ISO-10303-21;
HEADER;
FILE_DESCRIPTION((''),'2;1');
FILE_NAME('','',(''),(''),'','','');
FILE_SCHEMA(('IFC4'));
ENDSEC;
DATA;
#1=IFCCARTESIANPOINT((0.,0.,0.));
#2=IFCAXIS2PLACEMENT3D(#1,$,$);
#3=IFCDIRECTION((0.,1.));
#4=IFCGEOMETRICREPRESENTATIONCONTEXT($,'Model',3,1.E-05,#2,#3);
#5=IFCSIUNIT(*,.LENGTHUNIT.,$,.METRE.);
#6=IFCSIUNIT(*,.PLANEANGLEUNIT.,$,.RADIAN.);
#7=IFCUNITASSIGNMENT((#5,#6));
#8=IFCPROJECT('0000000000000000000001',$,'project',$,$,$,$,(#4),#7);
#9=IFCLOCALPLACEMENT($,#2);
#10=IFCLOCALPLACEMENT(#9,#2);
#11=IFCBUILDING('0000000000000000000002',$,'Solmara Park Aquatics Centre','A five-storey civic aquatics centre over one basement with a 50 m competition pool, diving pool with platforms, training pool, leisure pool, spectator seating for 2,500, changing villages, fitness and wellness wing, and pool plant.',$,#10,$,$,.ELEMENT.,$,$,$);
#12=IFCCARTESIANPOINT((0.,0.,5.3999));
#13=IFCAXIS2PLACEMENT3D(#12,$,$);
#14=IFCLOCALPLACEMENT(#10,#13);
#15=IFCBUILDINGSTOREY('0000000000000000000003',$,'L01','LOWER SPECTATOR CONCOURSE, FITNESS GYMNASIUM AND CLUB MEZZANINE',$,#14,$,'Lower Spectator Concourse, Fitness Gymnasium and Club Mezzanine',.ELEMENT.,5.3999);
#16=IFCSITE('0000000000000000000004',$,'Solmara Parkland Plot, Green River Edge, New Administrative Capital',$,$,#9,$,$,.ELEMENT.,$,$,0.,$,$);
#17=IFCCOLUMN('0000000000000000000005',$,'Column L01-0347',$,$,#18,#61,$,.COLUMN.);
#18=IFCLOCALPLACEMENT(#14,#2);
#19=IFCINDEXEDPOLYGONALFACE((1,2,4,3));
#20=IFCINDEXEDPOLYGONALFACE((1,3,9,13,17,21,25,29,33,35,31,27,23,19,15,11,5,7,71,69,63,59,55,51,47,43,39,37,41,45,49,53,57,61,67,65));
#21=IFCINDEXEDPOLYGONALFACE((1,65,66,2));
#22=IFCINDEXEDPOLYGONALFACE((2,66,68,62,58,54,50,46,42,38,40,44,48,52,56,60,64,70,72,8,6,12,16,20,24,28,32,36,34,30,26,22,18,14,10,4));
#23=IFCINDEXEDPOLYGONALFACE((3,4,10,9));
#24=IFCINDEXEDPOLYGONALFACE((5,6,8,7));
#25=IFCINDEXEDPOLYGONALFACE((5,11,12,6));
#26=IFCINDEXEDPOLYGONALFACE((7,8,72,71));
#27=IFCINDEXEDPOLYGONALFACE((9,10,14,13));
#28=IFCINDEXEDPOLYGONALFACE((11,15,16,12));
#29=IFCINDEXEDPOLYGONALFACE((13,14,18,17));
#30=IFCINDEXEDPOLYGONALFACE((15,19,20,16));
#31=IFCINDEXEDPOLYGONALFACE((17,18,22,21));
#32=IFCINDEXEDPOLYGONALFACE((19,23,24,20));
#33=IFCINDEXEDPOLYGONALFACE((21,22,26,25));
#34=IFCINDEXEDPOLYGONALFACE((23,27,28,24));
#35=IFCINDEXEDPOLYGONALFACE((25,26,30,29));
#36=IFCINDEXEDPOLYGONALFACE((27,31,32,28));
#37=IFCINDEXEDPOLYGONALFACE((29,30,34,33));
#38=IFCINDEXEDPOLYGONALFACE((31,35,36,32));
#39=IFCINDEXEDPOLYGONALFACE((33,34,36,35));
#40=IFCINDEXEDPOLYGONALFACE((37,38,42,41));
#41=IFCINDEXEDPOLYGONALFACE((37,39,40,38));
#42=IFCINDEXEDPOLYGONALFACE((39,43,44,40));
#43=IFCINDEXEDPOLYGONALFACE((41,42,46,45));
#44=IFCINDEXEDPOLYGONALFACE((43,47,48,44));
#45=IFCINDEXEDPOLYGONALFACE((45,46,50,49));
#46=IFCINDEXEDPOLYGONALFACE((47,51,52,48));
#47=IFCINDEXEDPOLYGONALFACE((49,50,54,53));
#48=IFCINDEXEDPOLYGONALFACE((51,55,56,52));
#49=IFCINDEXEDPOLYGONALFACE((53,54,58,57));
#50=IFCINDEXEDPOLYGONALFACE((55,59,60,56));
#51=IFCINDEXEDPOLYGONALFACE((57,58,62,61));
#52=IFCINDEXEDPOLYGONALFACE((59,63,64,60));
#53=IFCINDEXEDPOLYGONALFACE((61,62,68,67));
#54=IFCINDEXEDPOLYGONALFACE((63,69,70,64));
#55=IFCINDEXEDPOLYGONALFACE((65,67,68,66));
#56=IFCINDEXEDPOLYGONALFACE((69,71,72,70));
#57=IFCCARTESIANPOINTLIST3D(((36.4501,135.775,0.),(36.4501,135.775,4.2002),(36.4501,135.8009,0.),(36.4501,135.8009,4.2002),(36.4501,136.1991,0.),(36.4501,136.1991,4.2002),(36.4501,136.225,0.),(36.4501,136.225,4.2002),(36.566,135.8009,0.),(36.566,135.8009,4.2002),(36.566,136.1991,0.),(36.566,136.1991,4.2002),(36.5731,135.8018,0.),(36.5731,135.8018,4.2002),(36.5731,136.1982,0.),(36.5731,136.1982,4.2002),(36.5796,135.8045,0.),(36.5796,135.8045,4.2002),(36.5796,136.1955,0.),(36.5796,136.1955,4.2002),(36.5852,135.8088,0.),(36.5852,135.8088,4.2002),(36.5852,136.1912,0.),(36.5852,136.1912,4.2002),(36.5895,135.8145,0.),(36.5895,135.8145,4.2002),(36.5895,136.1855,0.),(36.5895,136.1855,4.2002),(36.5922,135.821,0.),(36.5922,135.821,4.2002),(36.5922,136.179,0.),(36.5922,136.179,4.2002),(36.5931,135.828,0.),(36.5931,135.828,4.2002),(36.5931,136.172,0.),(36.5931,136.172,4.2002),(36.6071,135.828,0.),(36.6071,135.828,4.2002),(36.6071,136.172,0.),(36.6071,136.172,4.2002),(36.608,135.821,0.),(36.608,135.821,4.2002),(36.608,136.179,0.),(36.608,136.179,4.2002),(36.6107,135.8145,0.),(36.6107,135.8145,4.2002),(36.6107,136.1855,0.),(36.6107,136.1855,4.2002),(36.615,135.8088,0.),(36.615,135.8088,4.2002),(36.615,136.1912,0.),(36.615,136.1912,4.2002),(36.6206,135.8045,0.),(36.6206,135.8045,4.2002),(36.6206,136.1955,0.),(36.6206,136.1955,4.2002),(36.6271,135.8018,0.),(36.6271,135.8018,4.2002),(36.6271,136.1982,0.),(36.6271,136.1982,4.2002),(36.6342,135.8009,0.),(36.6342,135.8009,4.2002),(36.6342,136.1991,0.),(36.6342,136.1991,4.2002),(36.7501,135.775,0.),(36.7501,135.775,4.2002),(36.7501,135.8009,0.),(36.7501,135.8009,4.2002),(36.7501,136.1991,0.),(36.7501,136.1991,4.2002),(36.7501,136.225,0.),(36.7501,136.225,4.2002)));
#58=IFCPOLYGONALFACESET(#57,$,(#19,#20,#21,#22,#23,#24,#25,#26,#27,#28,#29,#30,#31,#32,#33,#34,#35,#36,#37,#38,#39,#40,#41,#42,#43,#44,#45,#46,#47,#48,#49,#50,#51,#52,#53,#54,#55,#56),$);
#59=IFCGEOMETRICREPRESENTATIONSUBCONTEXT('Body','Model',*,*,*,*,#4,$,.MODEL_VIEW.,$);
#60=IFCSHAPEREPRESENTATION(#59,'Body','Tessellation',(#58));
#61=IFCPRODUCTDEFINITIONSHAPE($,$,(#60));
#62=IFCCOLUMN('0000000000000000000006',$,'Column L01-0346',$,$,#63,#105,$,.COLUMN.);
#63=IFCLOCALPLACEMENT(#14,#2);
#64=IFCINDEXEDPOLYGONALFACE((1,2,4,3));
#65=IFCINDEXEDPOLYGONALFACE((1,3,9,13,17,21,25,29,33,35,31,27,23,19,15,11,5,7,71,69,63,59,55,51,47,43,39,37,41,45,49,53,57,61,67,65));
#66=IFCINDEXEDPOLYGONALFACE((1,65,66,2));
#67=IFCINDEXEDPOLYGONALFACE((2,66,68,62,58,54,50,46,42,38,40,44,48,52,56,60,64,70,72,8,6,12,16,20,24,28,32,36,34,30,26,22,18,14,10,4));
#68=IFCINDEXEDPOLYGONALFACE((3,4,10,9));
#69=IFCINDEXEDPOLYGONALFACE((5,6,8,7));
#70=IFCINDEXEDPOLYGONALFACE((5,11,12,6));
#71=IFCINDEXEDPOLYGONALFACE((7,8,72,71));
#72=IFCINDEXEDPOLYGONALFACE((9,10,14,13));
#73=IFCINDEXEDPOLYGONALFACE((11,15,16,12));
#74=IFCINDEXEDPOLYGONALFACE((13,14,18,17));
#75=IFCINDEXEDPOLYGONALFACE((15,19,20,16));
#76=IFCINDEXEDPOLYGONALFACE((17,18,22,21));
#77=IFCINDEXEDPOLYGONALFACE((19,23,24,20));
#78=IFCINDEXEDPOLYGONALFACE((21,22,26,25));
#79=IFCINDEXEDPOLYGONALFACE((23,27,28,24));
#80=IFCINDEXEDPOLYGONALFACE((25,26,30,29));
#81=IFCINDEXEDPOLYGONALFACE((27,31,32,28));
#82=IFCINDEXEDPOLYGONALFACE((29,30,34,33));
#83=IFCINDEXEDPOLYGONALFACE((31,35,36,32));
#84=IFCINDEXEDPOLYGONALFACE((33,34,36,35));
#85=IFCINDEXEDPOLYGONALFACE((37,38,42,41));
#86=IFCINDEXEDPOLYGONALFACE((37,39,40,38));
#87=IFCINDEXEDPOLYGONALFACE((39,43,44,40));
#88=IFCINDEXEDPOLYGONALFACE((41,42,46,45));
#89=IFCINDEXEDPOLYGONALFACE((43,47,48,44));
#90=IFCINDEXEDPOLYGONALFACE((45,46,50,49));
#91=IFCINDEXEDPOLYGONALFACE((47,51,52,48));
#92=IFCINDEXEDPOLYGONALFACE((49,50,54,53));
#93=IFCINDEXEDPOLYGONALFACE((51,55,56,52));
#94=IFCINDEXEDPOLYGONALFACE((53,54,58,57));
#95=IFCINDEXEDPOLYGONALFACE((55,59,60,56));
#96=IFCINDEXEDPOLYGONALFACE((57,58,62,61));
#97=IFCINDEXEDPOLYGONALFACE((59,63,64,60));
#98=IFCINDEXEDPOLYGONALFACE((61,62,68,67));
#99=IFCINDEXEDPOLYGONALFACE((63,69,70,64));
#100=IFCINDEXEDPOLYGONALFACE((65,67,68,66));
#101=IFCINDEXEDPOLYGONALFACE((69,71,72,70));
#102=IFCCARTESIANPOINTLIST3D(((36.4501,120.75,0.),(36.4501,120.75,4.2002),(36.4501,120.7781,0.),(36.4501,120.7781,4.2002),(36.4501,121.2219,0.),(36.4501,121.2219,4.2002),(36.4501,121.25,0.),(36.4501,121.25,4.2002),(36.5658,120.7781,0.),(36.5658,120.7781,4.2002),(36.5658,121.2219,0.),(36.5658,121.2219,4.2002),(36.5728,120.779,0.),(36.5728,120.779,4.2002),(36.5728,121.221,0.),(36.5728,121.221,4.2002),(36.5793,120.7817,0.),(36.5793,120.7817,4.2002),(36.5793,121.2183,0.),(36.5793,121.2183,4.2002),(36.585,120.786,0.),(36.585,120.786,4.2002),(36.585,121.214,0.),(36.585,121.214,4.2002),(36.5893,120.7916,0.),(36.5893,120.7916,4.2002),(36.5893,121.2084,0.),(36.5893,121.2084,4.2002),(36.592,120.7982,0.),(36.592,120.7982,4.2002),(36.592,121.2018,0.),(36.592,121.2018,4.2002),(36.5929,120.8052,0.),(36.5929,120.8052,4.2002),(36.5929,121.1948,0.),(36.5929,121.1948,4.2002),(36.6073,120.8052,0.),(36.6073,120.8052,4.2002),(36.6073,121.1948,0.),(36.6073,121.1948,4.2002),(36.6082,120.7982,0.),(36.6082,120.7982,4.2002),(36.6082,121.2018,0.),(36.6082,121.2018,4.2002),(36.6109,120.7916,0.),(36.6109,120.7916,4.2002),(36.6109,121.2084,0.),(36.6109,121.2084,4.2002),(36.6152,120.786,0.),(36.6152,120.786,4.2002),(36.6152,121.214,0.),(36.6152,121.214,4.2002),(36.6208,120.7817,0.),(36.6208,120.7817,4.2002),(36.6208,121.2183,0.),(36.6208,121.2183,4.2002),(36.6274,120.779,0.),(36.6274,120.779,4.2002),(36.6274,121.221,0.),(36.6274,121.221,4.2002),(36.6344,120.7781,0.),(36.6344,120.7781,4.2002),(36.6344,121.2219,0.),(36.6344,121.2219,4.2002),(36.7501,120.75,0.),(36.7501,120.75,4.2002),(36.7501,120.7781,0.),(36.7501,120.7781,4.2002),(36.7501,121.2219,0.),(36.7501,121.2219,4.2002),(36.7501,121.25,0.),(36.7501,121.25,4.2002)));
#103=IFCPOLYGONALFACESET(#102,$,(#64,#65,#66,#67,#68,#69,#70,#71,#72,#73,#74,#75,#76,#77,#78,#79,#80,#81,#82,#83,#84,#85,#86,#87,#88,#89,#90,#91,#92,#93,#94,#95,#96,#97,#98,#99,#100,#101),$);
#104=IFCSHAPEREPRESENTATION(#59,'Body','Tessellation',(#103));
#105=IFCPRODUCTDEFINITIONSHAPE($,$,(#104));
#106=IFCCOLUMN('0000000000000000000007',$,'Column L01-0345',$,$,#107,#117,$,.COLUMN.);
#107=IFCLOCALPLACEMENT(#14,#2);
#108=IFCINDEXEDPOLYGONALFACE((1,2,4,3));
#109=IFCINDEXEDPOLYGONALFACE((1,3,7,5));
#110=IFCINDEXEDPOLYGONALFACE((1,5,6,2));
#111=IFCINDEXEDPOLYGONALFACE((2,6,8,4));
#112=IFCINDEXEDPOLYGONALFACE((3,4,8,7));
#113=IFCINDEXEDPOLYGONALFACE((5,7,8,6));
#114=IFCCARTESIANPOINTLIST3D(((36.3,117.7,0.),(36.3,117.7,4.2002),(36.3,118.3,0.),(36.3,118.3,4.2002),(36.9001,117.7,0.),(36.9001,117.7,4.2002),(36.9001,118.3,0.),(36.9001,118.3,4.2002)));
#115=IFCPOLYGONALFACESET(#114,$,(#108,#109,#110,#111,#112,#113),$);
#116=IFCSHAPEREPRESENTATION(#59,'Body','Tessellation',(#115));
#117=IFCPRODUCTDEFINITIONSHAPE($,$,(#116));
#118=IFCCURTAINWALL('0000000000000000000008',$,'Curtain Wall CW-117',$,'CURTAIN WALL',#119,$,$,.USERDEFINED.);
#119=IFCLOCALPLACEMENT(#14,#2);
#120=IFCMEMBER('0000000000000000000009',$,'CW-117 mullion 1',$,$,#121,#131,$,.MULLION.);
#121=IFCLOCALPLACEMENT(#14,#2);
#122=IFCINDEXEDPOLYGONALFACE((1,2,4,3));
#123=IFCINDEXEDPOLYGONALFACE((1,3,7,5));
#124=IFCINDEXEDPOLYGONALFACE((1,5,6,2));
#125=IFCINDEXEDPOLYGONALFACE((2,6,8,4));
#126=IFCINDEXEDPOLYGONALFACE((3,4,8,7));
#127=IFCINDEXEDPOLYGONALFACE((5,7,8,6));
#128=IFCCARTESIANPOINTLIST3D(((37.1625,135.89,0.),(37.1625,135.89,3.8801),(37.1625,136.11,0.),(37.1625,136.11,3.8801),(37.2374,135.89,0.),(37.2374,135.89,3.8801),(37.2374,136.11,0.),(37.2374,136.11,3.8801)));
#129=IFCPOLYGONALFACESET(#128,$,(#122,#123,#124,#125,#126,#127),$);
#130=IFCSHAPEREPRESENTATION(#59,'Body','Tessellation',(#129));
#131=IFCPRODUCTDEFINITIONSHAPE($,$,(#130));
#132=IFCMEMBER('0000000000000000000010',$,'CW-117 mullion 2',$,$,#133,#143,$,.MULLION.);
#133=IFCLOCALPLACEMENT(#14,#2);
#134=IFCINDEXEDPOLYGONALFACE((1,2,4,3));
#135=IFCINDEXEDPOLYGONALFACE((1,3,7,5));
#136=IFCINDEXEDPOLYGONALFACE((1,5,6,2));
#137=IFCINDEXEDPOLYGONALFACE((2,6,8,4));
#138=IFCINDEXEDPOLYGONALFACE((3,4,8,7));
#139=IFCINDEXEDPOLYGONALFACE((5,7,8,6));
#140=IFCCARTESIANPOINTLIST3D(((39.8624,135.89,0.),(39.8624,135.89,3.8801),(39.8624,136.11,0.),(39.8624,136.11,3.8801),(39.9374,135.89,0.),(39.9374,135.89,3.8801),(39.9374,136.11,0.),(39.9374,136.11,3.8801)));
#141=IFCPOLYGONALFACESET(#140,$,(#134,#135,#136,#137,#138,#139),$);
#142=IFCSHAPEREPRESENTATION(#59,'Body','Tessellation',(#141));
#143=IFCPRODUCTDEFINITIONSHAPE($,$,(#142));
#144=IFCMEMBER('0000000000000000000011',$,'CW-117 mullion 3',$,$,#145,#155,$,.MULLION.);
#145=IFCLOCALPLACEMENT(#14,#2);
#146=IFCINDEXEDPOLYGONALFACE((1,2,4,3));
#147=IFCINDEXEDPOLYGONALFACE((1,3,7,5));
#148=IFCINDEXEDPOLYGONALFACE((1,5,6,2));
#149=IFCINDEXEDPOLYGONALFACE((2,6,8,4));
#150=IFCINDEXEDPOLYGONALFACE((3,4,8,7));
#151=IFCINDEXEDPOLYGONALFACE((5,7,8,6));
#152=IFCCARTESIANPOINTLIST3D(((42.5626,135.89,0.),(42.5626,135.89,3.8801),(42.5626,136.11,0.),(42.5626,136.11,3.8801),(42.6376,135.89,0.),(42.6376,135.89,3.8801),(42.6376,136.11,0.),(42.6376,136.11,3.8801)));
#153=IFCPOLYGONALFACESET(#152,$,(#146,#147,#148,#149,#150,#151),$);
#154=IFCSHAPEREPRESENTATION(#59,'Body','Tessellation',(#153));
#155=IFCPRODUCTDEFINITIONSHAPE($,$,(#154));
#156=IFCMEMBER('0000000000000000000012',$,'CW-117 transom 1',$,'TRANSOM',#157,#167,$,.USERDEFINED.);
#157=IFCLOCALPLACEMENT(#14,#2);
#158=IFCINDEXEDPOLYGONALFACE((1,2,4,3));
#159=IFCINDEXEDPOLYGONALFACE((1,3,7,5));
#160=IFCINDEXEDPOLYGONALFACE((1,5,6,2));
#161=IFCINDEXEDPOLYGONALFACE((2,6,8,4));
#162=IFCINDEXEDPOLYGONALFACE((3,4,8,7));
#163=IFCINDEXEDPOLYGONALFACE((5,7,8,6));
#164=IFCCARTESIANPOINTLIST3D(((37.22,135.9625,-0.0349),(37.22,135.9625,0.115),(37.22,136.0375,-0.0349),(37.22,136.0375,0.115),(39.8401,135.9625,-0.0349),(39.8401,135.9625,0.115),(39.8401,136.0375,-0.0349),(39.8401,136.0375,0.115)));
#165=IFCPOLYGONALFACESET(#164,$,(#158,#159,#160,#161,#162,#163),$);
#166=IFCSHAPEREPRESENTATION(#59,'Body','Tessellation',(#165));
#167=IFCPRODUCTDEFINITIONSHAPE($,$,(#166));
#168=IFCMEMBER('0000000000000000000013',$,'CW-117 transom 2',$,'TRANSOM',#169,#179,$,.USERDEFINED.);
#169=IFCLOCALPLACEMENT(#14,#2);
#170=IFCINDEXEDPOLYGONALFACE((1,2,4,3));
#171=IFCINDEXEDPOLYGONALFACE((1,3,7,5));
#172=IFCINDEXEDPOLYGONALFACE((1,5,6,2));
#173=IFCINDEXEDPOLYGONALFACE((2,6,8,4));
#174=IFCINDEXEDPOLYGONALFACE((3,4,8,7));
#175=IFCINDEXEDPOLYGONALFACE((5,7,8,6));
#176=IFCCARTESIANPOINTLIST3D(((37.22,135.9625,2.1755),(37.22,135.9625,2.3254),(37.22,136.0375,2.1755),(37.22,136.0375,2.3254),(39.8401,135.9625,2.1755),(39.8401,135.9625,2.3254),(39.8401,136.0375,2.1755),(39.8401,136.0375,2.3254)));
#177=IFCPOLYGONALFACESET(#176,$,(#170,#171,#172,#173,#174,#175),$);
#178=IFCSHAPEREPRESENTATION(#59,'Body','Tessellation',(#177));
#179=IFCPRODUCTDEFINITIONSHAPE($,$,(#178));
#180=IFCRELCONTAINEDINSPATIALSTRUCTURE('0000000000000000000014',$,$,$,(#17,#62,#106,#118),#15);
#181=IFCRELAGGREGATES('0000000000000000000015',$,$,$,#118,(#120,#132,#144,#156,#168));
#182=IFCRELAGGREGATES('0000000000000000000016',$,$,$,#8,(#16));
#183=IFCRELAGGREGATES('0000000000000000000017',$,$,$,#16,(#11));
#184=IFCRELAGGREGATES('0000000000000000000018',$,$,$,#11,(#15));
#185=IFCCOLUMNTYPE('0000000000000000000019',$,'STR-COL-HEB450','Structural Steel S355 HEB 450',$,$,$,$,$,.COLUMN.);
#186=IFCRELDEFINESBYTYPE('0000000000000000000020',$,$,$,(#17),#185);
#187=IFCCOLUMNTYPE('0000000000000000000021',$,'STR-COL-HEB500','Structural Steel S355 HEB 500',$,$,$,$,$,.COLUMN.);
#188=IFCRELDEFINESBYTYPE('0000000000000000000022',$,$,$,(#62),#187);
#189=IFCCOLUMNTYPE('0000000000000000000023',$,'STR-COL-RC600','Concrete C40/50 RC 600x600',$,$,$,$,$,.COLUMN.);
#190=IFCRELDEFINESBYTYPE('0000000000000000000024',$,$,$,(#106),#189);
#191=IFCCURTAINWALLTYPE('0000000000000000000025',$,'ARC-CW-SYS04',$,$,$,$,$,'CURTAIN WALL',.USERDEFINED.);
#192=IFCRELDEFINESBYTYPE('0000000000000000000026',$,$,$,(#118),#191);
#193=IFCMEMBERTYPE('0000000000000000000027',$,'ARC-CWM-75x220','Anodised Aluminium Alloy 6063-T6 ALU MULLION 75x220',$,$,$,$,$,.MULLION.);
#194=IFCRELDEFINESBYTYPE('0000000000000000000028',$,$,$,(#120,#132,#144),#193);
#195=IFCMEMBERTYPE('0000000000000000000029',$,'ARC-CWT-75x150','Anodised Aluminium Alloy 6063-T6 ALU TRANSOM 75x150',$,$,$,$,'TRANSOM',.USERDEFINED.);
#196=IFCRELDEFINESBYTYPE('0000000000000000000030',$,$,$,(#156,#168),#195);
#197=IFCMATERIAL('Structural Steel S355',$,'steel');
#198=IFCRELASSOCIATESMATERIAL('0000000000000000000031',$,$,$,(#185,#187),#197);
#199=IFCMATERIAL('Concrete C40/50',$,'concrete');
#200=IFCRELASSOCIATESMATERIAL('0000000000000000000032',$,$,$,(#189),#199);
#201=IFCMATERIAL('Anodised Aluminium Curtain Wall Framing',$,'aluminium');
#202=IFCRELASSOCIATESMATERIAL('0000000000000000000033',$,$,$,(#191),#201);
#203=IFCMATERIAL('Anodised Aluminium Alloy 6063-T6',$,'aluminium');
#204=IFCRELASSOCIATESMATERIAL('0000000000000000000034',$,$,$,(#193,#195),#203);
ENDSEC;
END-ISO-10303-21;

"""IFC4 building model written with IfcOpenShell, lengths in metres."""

from ifc_helpers import new_model, si_unit, direction, frame, origin, origin_2d, place, context, subcontext, project, spatial, rectangle, i_section, extrude, material, material_profile, profile_set, type_object, element, aggregate, save


model = new_model("IFC4")

# Units and contexts
model_context = context("Model", 3, precision=1e-05, world=origin(), true_north=direction((0.0, 1.0)))
body_context = subcontext(model_context, "Body", "Model", "MODEL_VIEW")
ifc_project = project(units=[si_unit("LENGTHUNIT", "METRE"), si_unit("PLANEANGLEUNIT", "RADIAN")], contexts=[model_context])

# Site, building, storey
site_placement = place(None, origin())
site = spatial("IfcSite", under=ifc_project, at=site_placement, Name="Solmara Parkland Plot, Green River Edge, New Administrative Capital", CompositionType="ELEMENT", RefElevation=0.0)
building_placement = place(site_placement, origin())
building = spatial("IfcBuilding", under=site, at=building_placement, Name="Solmara Park Aquatics Centre", Description="A five-storey civic aquatics centre over one basement with a 50 m competition pool, diving pool with platforms, training pool, leisure pool, spectator seating for 2,500, changing villages, fitness and wellness wing, and pool plant.", CompositionType="ELEMENT")
storey_placement = place(building_placement, frame((0.0, 0.0, 5.3999)))
storey = spatial("IfcBuildingStorey", under=building, at=storey_placement, Name="L01", Description="LOWER SPECTATOR CONCOURSE, FITNESS GYMNASIUM AND CLUB MEZZANINE", LongName="Lower Spectator Concourse, Fitness Gymnasium and Club Mezzanine", CompositionType="ELEMENT", Elevation=5.3999)

# Columns
ifc_material_1 = material(Name="Structural Steel S355", Category="steel")
ifc_material_profile_1 = material_profile(ifc_material_1, i_section(OverallWidth=0.3, OverallDepth=0.45, WebThickness=0.0139, FlangeThickness=0.0259, FilletRadius=0.0271, at=origin_2d()), Name="HEB 450")
ifc_profile_set_1 = profile_set([ifc_material_profile_1], Name="Structural Steel S355")
column_type_1 = type_object("IfcColumnType", Name="STR-COL-HEB450", Description="Structural Steel S355 HEB 450", PredefinedType="COLUMN", material=ifc_profile_set_1)
column_1_placement = place(storey_placement, frame((36.6001, 136.0, 0.0), z_axis=(0.0, 0.0, 1.0), x_axis=(1.0, 0.0, 0.0)))
element("IfcColumn", 1, at=column_1_placement, inside=storey, type_object=column_type_1, Name="Column L01-0347", PredefinedType="COLUMN", context=body_context, shape_type="SweptSolid", body=[
    extrude(i_section(OverallWidth=0.3, OverallDepth=0.45, WebThickness=0.0139, FlangeThickness=0.0259, FilletRadius=0.0271, at=origin_2d()), origin(), (0.0, 0.0, 1.0), 4.2002),
])
ifc_material_profile_2 = material_profile(ifc_material_1, i_section(OverallWidth=0.3, OverallDepth=0.5, WebThickness=0.0144, FlangeThickness=0.0281, FilletRadius=0.0271, at=origin_2d()), Name="HEB 500")
ifc_profile_set_2 = profile_set([ifc_material_profile_2], Name="Structural Steel S355")
column_type_2 = type_object("IfcColumnType", Name="STR-COL-HEB500", Description="Structural Steel S355 HEB 500", PredefinedType="COLUMN", material=ifc_profile_set_2)
column_2_placement = place(storey_placement, frame((36.6001, 121.0, 0.0), z_axis=(0.0, 0.0, 1.0), x_axis=(1.0, 0.0, 0.0)))
element("IfcColumn", 2, at=column_2_placement, inside=storey, type_object=column_type_2, Name="Column L01-0346", PredefinedType="COLUMN", context=body_context, shape_type="SweptSolid", body=[
    extrude(i_section(OverallWidth=0.3, OverallDepth=0.5, WebThickness=0.0144, FlangeThickness=0.0281, FilletRadius=0.0271, at=origin_2d()), origin(), (0.0, 0.0, 1.0), 4.2002),
])
ifc_material_2 = material(Name="Concrete C40/50", Category="concrete")
ifc_material_profile_3 = material_profile(ifc_material_2, rectangle(XDim=0.6001, YDim=0.6001, at=origin_2d()), Name="RC 600x600")
ifc_profile_set_3 = profile_set([ifc_material_profile_3], Name="Concrete C40/50")
column_type_3 = type_object("IfcColumnType", Name="STR-COL-RC600", Description="Concrete C40/50 RC 600x600", PredefinedType="COLUMN", material=ifc_profile_set_3)
column_3_placement = place(storey_placement, frame((36.6001, 118.0, 0.0), z_axis=(0.0, 0.0, 1.0), x_axis=(1.0, 0.0, 0.0)))
element("IfcColumn", 3, at=column_3_placement, inside=storey, type_object=column_type_3, Name="Column L01-0345", PredefinedType="COLUMN", context=body_context, shape_type="SweptSolid", body=[
    extrude(rectangle(XDim=0.6001, YDim=0.6001, at=origin_2d()), origin(), (0.0, 0.0, 1.0), 4.2002),
])

# Curtain wall, members
ifc_material_3 = material(Name="Anodised Aluminium Curtain Wall Framing", Category="aluminium")
curtain_wall_type = type_object("IfcCurtainWallType", Name="ARC-CW-SYS04", ElementType="CURTAIN WALL", PredefinedType="USERDEFINED", material=ifc_material_3)
curtain_wall_placement = place(storey_placement, origin())
curtain_wall = element("IfcCurtainWall", 4, at=curtain_wall_placement, inside=storey, type_object=curtain_wall_type, Name="Curtain Wall CW-117", ObjectType="CURTAIN WALL", PredefinedType="USERDEFINED")
ifc_material_4 = material(Name="Anodised Aluminium Alloy 6063-T6", Category="aluminium")
ifc_material_profile_4 = material_profile(ifc_material_4, rectangle(XDim=0.075, YDim=0.22, at=origin_2d()), Name="ALU MULLION 75x220")
ifc_profile_set_4 = profile_set([ifc_material_profile_4], Name="Anodised Aluminium Alloy 6063-T6")
member_type_1 = type_object("IfcMemberType", Name="ARC-CWM-75x220", Description="Anodised Aluminium Alloy 6063-T6 ALU MULLION 75x220", PredefinedType="MULLION", material=ifc_profile_set_4)
member_1_placement = place(storey_placement, frame((37.2, 136.0, 0.0), z_axis=(0.0, 0.0, 1.0), x_axis=(1.0, 0.0, 0.0)))
member_1 = element("IfcMember", 5, at=member_1_placement, type_object=member_type_1, Name="CW-117 mullion 1", PredefinedType="MULLION", context=body_context, shape_type="SweptSolid", body=[
    extrude(rectangle(XDim=0.075, YDim=0.22, at=origin_2d()), origin(), (0.0, 0.0, 1.0), 3.8801),
])
member_2_placement = place(storey_placement, frame((39.8999, 136.0, 0.0), z_axis=(0.0, 0.0, 1.0), x_axis=(1.0, 0.0, 0.0)))
member_2 = element("IfcMember", 6, at=member_2_placement, type_object=member_type_1, Name="CW-117 mullion 2", PredefinedType="MULLION", context=body_context, shape_type="SweptSolid", body=[
    extrude(rectangle(XDim=0.075, YDim=0.22, at=origin_2d()), origin(), (0.0, 0.0, 1.0), 3.8801),
])
member_3_placement = place(storey_placement, frame((42.6001, 136.0, 0.0), z_axis=(0.0, 0.0, 1.0), x_axis=(1.0, 0.0, 0.0)))
member_3 = element("IfcMember", 7, at=member_3_placement, type_object=member_type_1, Name="CW-117 mullion 3", PredefinedType="MULLION", context=body_context, shape_type="SweptSolid", body=[
    extrude(rectangle(XDim=0.075, YDim=0.22, at=origin_2d()), origin(), (0.0, 0.0, 1.0), 3.8801),
])
ifc_material_profile_5 = material_profile(ifc_material_4, rectangle(XDim=0.075, YDim=0.1499, at=origin_2d()), Name="ALU TRANSOM 75x150")
ifc_profile_set_5 = profile_set([ifc_material_profile_5], Name="Anodised Aluminium Alloy 6063-T6")
member_type_2 = type_object("IfcMemberType", Name="ARC-CWT-75x150", Description="Anodised Aluminium Alloy 6063-T6 ALU TRANSOM 75x150", ElementType="TRANSOM", PredefinedType="USERDEFINED", material=ifc_profile_set_5)
member_4_placement = place(storey_placement, frame((37.22, 136.0, 0.04), z_axis=(1.0, 0.0, 0.0), x_axis=(0.0, 1.0, 0.0)))
member_4 = element("IfcMember", 8, at=member_4_placement, type_object=member_type_2, Name="CW-117 transom 1", ObjectType="TRANSOM", PredefinedType="USERDEFINED", context=body_context, shape_type="SweptSolid", body=[
    extrude(rectangle(XDim=0.075, YDim=0.1499, at=origin_2d()), origin(), (0.0, 0.0, 1.0), 2.6201),
])
member_5_placement = place(storey_placement, frame((37.22, 136.0, 2.2505), z_axis=(1.0, 0.0, 0.0), x_axis=(0.0, 1.0, 0.0)))
member_5 = element("IfcMember", 9, at=member_5_placement, type_object=member_type_2, Name="CW-117 transom 2", ObjectType="TRANSOM", PredefinedType="USERDEFINED", context=body_context, shape_type="SweptSolid", body=[
    extrude(rectangle(XDim=0.075, YDim=0.1499, at=origin_2d()), origin(), (0.0, 0.0, 1.0), 2.6201),
])

aggregate(curtain_wall, [member_1, member_2, member_3, member_4, member_5])

save(model, "model.ifc")
